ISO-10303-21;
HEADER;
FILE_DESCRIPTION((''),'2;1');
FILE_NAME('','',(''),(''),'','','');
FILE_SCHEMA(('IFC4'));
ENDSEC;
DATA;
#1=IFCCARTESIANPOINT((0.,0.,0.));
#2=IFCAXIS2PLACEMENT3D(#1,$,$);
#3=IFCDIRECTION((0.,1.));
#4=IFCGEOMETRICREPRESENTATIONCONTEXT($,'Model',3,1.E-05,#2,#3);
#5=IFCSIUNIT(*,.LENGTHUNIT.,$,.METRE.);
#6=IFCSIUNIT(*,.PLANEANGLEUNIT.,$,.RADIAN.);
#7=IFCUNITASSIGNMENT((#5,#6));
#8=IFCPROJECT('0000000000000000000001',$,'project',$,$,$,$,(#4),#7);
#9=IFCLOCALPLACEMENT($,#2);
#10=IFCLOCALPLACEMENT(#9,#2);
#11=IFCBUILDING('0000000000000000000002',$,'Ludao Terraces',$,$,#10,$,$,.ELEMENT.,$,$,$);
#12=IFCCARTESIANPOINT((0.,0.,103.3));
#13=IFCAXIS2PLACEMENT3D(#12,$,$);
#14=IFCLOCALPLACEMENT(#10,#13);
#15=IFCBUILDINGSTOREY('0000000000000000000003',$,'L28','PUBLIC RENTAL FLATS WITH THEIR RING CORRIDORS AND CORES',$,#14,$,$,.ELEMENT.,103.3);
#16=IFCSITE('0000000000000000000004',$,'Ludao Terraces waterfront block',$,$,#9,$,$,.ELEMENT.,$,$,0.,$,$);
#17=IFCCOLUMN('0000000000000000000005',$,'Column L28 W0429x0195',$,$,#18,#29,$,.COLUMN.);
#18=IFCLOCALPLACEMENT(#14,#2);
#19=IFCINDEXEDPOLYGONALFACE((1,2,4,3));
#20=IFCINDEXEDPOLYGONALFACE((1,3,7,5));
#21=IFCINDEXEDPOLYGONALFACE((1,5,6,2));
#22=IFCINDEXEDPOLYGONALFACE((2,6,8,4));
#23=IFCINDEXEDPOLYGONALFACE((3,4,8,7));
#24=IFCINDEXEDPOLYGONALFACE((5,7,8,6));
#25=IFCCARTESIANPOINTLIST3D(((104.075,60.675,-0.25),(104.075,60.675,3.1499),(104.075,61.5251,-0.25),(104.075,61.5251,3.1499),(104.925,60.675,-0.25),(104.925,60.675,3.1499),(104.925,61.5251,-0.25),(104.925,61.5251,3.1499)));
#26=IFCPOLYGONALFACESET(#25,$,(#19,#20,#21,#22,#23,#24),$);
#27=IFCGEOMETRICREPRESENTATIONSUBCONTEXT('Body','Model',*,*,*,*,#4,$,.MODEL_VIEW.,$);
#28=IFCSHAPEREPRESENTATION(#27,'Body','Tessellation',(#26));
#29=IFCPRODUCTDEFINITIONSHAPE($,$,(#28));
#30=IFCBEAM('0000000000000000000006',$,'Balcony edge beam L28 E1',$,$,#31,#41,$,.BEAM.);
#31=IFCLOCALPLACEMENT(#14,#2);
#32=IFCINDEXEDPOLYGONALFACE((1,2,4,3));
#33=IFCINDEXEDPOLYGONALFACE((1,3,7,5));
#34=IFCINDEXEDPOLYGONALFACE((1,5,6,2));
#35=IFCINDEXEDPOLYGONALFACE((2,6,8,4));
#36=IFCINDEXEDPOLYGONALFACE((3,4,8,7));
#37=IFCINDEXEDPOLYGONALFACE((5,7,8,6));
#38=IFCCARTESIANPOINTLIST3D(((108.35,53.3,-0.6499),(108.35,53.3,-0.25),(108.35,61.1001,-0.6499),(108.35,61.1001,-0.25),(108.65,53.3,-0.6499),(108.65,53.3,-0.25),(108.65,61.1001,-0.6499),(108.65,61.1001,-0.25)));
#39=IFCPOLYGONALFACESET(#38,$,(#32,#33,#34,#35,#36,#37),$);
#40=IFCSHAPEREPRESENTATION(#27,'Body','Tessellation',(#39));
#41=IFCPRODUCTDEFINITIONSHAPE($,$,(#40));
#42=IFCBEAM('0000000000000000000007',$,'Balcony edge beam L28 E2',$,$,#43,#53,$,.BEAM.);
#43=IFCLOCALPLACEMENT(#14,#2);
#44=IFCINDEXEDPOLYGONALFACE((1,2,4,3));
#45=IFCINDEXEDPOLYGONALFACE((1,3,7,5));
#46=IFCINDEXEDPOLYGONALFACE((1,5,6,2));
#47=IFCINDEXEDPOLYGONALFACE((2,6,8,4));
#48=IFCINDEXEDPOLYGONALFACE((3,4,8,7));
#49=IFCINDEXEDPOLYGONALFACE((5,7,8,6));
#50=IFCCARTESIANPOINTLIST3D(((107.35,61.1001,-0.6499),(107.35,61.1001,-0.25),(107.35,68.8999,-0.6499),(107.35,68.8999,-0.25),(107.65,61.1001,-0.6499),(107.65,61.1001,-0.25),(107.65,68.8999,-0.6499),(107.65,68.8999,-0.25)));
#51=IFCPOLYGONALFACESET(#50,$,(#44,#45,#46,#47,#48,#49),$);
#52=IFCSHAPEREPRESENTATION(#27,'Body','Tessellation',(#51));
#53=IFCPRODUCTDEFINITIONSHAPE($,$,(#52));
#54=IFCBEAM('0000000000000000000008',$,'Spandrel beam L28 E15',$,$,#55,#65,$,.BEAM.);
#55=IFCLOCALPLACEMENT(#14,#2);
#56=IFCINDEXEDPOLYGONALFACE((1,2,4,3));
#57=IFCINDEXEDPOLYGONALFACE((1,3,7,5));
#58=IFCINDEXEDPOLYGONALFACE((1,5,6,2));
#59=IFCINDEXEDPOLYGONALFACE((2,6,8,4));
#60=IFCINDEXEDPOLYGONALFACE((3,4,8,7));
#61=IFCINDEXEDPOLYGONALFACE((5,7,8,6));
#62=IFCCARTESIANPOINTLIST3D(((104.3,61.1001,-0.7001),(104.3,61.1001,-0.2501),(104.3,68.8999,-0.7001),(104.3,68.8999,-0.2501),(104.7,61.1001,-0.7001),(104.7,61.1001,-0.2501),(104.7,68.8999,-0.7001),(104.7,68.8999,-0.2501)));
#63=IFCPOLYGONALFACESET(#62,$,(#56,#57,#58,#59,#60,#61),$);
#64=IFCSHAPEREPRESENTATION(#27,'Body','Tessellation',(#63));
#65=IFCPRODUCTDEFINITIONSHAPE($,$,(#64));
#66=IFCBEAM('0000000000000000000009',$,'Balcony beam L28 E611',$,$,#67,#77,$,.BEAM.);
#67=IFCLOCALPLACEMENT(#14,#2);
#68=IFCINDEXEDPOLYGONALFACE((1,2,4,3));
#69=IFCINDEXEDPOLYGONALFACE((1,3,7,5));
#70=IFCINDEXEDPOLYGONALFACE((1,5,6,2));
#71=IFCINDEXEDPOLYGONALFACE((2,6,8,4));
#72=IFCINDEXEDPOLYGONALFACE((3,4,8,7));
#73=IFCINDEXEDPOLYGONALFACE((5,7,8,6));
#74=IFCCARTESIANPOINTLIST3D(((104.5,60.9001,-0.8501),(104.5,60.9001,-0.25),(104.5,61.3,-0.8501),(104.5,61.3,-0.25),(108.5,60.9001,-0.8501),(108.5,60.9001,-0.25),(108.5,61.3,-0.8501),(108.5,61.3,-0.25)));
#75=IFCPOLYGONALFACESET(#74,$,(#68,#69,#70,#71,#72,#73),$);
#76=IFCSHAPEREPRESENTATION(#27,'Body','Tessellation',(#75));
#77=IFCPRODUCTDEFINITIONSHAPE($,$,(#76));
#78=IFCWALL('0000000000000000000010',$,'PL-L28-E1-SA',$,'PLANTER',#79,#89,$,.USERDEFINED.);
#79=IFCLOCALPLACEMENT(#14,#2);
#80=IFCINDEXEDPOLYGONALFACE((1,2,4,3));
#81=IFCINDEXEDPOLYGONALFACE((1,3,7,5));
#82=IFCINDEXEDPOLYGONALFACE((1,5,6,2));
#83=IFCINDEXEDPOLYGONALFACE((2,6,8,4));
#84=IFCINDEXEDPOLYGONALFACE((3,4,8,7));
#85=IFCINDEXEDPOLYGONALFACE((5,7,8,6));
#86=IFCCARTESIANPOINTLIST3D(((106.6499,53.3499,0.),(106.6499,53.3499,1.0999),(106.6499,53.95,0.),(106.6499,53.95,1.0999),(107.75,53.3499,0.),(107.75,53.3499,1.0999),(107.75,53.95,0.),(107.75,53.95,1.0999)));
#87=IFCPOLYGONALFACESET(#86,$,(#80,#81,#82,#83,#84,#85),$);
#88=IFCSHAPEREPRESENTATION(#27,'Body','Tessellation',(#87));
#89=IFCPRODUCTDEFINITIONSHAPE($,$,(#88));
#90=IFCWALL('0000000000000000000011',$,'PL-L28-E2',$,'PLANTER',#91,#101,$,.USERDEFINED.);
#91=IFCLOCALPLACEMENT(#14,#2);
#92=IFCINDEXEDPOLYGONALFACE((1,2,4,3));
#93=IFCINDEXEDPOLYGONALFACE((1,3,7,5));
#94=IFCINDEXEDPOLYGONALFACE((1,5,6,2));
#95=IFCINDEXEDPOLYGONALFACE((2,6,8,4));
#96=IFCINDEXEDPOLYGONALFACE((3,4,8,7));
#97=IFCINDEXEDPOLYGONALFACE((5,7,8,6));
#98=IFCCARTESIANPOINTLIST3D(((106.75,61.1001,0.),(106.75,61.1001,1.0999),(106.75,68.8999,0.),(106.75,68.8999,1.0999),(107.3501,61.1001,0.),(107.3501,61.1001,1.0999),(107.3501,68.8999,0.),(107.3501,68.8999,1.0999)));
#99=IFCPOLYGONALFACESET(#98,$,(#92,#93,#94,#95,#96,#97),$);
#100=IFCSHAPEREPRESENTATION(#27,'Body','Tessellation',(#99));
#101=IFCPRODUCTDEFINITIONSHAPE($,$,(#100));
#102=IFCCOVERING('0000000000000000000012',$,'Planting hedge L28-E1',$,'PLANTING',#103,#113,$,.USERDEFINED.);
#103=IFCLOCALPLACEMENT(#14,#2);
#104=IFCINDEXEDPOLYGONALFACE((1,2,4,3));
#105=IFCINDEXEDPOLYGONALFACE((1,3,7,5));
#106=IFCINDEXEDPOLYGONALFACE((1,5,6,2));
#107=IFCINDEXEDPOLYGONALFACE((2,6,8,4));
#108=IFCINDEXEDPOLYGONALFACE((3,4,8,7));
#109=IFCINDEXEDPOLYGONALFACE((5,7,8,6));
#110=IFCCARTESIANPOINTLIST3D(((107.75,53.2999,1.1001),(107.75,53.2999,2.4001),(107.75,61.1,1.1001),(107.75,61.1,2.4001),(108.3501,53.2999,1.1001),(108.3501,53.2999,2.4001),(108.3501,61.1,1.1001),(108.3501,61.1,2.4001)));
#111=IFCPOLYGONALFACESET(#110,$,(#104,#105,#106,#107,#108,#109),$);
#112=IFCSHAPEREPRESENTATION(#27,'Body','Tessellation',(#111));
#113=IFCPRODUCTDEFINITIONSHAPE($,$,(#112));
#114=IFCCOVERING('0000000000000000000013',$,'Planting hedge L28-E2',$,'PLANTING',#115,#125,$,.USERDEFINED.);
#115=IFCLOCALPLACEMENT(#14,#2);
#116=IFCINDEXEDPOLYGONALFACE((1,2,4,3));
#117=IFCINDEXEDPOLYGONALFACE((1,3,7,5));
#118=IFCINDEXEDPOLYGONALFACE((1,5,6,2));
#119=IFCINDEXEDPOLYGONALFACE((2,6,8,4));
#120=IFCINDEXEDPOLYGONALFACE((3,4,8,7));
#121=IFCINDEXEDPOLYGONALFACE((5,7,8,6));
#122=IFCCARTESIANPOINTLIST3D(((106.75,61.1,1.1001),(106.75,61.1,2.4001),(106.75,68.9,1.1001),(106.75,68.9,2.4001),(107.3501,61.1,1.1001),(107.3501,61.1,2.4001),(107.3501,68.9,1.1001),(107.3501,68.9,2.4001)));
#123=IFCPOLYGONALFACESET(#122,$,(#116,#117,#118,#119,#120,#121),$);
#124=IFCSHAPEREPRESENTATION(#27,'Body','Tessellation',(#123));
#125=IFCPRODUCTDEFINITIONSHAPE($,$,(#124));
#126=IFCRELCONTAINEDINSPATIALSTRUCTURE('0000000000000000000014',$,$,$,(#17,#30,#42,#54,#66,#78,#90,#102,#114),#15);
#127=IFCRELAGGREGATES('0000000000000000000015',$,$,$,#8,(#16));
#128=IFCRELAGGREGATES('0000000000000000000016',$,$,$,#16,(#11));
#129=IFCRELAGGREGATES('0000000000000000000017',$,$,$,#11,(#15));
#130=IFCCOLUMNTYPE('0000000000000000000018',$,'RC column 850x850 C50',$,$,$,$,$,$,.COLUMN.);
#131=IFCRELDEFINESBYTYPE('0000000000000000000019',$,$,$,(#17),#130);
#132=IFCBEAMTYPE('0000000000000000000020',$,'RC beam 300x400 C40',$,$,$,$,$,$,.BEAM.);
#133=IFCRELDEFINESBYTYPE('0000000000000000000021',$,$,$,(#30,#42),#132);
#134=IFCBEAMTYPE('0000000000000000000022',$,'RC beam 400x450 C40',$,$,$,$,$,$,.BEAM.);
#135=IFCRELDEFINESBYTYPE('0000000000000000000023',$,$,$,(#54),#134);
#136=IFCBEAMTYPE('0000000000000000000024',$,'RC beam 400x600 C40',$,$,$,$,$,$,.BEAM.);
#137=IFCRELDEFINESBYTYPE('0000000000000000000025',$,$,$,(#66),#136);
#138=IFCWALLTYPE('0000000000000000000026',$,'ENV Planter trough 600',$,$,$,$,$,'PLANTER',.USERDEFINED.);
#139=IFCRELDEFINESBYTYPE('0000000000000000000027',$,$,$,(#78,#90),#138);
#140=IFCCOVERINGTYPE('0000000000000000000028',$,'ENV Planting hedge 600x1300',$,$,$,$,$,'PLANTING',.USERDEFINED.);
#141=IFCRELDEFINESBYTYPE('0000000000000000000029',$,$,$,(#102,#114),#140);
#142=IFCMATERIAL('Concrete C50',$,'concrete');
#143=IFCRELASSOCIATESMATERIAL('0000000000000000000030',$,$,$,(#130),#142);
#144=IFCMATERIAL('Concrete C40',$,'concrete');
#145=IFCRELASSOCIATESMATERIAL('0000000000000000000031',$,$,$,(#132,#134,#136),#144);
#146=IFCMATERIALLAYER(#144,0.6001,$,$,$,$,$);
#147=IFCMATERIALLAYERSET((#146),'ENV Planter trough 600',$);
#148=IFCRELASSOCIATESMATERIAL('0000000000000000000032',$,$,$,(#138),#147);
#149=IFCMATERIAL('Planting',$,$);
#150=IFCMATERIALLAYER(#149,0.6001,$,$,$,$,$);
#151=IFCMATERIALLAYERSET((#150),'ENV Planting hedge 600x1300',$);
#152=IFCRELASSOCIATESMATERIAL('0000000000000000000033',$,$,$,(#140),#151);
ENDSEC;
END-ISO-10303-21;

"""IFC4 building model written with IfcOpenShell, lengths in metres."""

from ifc_helpers import new_model, si_unit, direction, frame, frame_2d, origin, origin_2d, place, context, subcontext, project, spatial, rectangle, extrude, material, layer, layer_set, material_profile, profile_set, type_object, element, save


model = new_model("IFC4")

# Units and contexts
model_context = context("Model", 3, precision=1e-05, world=origin(), true_north=direction((0.0, 1.0)))
body_context = subcontext(model_context, "Body", "Model", "MODEL_VIEW")
ifc_project = project(units=[si_unit("LENGTHUNIT", "METRE"), si_unit("PLANEANGLEUNIT", "RADIAN")], contexts=[model_context])

# Site, building, storey
site_placement = place(None, origin())
site = spatial("IfcSite", under=ifc_project, at=site_placement, Name="Ludao Terraces waterfront block", CompositionType="ELEMENT", RefElevation=0.0)
building_placement = place(site_placement, origin())
building = spatial("IfcBuilding", under=site, at=building_placement, Name="Ludao Terraces", CompositionType="ELEMENT")
storey_placement = place(building_placement, frame((0.0, 0.0, 103.3)))
storey = spatial("IfcBuildingStorey", under=building, at=storey_placement, Name="L28", Description="PUBLIC RENTAL FLATS WITH THEIR RING CORRIDORS AND CORES", CompositionType="ELEMENT", Elevation=103.3)

# Column
ifc_material_1 = material(Name="Concrete C50", Category="concrete")
ifc_material_profile_1 = material_profile(ifc_material_1, rectangle(XDim=0.8501, YDim=0.8501, at=origin_2d()), Name="850 X 850")
ifc_profile_set_1 = profile_set([ifc_material_profile_1], Name="Concrete C50")
column_type = type_object("IfcColumnType", Name="RC column 850x850 C50", PredefinedType="COLUMN", material=ifc_profile_set_1)
column_placement = place(storey_placement, frame((104.5, 61.1001, -0.25), z_axis=(0.0, 0.0, 1.0), x_axis=(1.0, 0.0, 0.0)))
element("IfcColumn", 1, at=column_placement, inside=storey, type_object=column_type, Name="Column L28 W0429x0195", PredefinedType="COLUMN", context=body_context, shape_type="SweptSolid", body=[
    extrude(rectangle(XDim=0.8501, YDim=0.8501, at=origin_2d()), origin(), (0.0, 0.0, 1.0), 3.3999),
])

# Beams
ifc_material_2 = material(Name="Concrete C40", Category="concrete")
ifc_material_profile_2 = material_profile(ifc_material_2, rectangle(XDim=0.3, YDim=0.3999, at=origin_2d()), Name="300 X 400")
ifc_profile_set_2 = profile_set([ifc_material_profile_2], Name="Concrete C40")
beam_type_1 = type_object("IfcBeamType", Name="RC beam 300x400 C40", PredefinedType="BEAM", material=ifc_profile_set_2)
beam_1_placement = place(storey_placement, frame((108.5, 53.3, -0.45), z_axis=(0.0, 1.0, 0.0), x_axis=(-1.0, 0.0, 0.0)))
element("IfcBeam", 2, at=beam_1_placement, inside=storey, type_object=beam_type_1, Name="Balcony edge beam L28 E1", PredefinedType="BEAM", context=body_context, shape_type="SweptSolid", body=[
    extrude(rectangle(XDim=0.3, YDim=0.3999, at=origin_2d()), origin(), (0.0, 0.0, 1.0), 7.8),
])
beam_2_placement = place(storey_placement, frame((107.5, 61.1001, -0.45), z_axis=(0.0, 1.0, 0.0), x_axis=(-1.0, 0.0, 0.0)))
element("IfcBeam", 3, at=beam_2_placement, inside=storey, type_object=beam_type_1, Name="Balcony edge beam L28 E2", PredefinedType="BEAM", context=body_context, shape_type="SweptSolid", body=[
    extrude(rectangle(XDim=0.3, YDim=0.3999, at=origin_2d()), origin(), (0.0, 0.0, 1.0), 7.7998),
])
ifc_material_profile_3 = material_profile(ifc_material_2, rectangle(XDim=0.3999, YDim=0.45, at=origin_2d()), Name="400 X 450")
ifc_profile_set_3 = profile_set([ifc_material_profile_3], Name="Concrete C40")
beam_type_2 = type_object("IfcBeamType", Name="RC beam 400x450 C40", PredefinedType="BEAM", material=ifc_profile_set_3)
beam_3_placement = place(storey_placement, frame((104.5, 61.1001, -0.4751), z_axis=(0.0, 1.0, 0.0), x_axis=(-1.0, 0.0, 0.0)))
element("IfcBeam", 4, at=beam_3_placement, inside=storey, type_object=beam_type_2, Name="Spandrel beam L28 E15", PredefinedType="BEAM", context=body_context, shape_type="SweptSolid", body=[
    extrude(rectangle(XDim=0.3999, YDim=0.45, at=origin_2d()), origin(), (0.0, 0.0, 1.0), 7.7998),
])
ifc_material_profile_4 = material_profile(ifc_material_2, rectangle(XDim=0.3999, YDim=0.6001, at=origin_2d()), Name="400 X 600")
ifc_profile_set_4 = profile_set([ifc_material_profile_4], Name="Concrete C40")
beam_type_3 = type_object("IfcBeamType", Name="RC beam 400x600 C40", PredefinedType="BEAM", material=ifc_profile_set_4)
beam_4_placement = place(storey_placement, frame((104.5, 61.1001, -0.55), z_axis=(1.0, 0.0, 0.0), x_axis=(0.0, 1.0, 0.0)))
element("IfcBeam", 5, at=beam_4_placement, inside=storey, type_object=beam_type_3, Name="Balcony beam L28 E611", PredefinedType="BEAM", context=body_context, shape_type="SweptSolid", body=[
    extrude(rectangle(XDim=0.3999, YDim=0.6001, at=origin_2d()), origin(), (0.0, 0.0, 1.0), 4.0),
])

# Walls
ifc_layer_1 = layer(ifc_material_2, 0.6001)
ifc_layer_set_1 = layer_set([ifc_layer_1], Name="ENV Planter trough 600")
wall_type = type_object("IfcWallType", Name="ENV Planter trough 600", ElementType="PLANTER", PredefinedType="USERDEFINED", material=ifc_layer_set_1)
wall_1_placement = place(storey_placement, frame((107.75, 53.6499, 0.0), z_axis=(0.0, 0.0, 1.0), x_axis=(-1.0, 0.0, 0.0)))
element("IfcWall", 6, at=wall_1_placement, inside=storey, type_object=wall_type, Name="PL-L28-E1-SA", ObjectType="PLANTER", PredefinedType="USERDEFINED", context=body_context, shape_type="SweptSolid", body=[
    extrude(rectangle(XDim=1.1001, YDim=0.6001, at=frame_2d((0.55, 0.0))), origin(), (0.0, 0.0, 1.0), 1.0999),
])
wall_2_placement = place(storey_placement, frame((107.05, 61.1001, 0.0), z_axis=(0.0, 0.0, 1.0), x_axis=(0.0, 1.0, 0.0)))
element("IfcWall", 7, at=wall_2_placement, inside=storey, type_object=wall_type, Name="PL-L28-E2", ObjectType="PLANTER", PredefinedType="USERDEFINED", context=body_context, shape_type="SweptSolid", body=[
    extrude(rectangle(XDim=7.7998, YDim=0.6001, at=frame_2d((3.8999, 0.0))), origin(), (0.0, 0.0, 1.0), 1.0999),
])

# Coverings
ifc_material_3 = material(Name="Planting")
ifc_layer_2 = layer(ifc_material_3, 0.6001)
ifc_layer_set_2 = layer_set([ifc_layer_2], Name="ENV Planting hedge 600x1300")
covering_type = type_object("IfcCoveringType", Name="ENV Planting hedge 600x1300", ElementType="PLANTING", PredefinedType="USERDEFINED", material=ifc_layer_set_2)
for number, where, z_axis, x_axis, name in (
    (8, (108.05, 57.2, 1.1001), (0.0, 0.0, 1.0), (1.0, 0.0, 0.0), "Planting hedge L28-E1"),
    (9, (107.05, 65.0, 1.1001), (0.0, 0.0, 1.0), (1.0, 0.0, 0.0), "Planting hedge L28-E2"),
):
    element("IfcCovering", number, at=place(storey_placement, frame(where, z_axis=z_axis, x_axis=x_axis)), inside=storey, type_object=covering_type, Name=name, ObjectType="PLANTING", PredefinedType="USERDEFINED", context=body_context, shape_type="SweptSolid", body=[
        extrude(rectangle(XDim=0.6001, YDim=7.8, at=origin_2d()), origin(), (0.0, 0.0, 1.0), 1.3),
    ])

save(model, "model.ifc")
